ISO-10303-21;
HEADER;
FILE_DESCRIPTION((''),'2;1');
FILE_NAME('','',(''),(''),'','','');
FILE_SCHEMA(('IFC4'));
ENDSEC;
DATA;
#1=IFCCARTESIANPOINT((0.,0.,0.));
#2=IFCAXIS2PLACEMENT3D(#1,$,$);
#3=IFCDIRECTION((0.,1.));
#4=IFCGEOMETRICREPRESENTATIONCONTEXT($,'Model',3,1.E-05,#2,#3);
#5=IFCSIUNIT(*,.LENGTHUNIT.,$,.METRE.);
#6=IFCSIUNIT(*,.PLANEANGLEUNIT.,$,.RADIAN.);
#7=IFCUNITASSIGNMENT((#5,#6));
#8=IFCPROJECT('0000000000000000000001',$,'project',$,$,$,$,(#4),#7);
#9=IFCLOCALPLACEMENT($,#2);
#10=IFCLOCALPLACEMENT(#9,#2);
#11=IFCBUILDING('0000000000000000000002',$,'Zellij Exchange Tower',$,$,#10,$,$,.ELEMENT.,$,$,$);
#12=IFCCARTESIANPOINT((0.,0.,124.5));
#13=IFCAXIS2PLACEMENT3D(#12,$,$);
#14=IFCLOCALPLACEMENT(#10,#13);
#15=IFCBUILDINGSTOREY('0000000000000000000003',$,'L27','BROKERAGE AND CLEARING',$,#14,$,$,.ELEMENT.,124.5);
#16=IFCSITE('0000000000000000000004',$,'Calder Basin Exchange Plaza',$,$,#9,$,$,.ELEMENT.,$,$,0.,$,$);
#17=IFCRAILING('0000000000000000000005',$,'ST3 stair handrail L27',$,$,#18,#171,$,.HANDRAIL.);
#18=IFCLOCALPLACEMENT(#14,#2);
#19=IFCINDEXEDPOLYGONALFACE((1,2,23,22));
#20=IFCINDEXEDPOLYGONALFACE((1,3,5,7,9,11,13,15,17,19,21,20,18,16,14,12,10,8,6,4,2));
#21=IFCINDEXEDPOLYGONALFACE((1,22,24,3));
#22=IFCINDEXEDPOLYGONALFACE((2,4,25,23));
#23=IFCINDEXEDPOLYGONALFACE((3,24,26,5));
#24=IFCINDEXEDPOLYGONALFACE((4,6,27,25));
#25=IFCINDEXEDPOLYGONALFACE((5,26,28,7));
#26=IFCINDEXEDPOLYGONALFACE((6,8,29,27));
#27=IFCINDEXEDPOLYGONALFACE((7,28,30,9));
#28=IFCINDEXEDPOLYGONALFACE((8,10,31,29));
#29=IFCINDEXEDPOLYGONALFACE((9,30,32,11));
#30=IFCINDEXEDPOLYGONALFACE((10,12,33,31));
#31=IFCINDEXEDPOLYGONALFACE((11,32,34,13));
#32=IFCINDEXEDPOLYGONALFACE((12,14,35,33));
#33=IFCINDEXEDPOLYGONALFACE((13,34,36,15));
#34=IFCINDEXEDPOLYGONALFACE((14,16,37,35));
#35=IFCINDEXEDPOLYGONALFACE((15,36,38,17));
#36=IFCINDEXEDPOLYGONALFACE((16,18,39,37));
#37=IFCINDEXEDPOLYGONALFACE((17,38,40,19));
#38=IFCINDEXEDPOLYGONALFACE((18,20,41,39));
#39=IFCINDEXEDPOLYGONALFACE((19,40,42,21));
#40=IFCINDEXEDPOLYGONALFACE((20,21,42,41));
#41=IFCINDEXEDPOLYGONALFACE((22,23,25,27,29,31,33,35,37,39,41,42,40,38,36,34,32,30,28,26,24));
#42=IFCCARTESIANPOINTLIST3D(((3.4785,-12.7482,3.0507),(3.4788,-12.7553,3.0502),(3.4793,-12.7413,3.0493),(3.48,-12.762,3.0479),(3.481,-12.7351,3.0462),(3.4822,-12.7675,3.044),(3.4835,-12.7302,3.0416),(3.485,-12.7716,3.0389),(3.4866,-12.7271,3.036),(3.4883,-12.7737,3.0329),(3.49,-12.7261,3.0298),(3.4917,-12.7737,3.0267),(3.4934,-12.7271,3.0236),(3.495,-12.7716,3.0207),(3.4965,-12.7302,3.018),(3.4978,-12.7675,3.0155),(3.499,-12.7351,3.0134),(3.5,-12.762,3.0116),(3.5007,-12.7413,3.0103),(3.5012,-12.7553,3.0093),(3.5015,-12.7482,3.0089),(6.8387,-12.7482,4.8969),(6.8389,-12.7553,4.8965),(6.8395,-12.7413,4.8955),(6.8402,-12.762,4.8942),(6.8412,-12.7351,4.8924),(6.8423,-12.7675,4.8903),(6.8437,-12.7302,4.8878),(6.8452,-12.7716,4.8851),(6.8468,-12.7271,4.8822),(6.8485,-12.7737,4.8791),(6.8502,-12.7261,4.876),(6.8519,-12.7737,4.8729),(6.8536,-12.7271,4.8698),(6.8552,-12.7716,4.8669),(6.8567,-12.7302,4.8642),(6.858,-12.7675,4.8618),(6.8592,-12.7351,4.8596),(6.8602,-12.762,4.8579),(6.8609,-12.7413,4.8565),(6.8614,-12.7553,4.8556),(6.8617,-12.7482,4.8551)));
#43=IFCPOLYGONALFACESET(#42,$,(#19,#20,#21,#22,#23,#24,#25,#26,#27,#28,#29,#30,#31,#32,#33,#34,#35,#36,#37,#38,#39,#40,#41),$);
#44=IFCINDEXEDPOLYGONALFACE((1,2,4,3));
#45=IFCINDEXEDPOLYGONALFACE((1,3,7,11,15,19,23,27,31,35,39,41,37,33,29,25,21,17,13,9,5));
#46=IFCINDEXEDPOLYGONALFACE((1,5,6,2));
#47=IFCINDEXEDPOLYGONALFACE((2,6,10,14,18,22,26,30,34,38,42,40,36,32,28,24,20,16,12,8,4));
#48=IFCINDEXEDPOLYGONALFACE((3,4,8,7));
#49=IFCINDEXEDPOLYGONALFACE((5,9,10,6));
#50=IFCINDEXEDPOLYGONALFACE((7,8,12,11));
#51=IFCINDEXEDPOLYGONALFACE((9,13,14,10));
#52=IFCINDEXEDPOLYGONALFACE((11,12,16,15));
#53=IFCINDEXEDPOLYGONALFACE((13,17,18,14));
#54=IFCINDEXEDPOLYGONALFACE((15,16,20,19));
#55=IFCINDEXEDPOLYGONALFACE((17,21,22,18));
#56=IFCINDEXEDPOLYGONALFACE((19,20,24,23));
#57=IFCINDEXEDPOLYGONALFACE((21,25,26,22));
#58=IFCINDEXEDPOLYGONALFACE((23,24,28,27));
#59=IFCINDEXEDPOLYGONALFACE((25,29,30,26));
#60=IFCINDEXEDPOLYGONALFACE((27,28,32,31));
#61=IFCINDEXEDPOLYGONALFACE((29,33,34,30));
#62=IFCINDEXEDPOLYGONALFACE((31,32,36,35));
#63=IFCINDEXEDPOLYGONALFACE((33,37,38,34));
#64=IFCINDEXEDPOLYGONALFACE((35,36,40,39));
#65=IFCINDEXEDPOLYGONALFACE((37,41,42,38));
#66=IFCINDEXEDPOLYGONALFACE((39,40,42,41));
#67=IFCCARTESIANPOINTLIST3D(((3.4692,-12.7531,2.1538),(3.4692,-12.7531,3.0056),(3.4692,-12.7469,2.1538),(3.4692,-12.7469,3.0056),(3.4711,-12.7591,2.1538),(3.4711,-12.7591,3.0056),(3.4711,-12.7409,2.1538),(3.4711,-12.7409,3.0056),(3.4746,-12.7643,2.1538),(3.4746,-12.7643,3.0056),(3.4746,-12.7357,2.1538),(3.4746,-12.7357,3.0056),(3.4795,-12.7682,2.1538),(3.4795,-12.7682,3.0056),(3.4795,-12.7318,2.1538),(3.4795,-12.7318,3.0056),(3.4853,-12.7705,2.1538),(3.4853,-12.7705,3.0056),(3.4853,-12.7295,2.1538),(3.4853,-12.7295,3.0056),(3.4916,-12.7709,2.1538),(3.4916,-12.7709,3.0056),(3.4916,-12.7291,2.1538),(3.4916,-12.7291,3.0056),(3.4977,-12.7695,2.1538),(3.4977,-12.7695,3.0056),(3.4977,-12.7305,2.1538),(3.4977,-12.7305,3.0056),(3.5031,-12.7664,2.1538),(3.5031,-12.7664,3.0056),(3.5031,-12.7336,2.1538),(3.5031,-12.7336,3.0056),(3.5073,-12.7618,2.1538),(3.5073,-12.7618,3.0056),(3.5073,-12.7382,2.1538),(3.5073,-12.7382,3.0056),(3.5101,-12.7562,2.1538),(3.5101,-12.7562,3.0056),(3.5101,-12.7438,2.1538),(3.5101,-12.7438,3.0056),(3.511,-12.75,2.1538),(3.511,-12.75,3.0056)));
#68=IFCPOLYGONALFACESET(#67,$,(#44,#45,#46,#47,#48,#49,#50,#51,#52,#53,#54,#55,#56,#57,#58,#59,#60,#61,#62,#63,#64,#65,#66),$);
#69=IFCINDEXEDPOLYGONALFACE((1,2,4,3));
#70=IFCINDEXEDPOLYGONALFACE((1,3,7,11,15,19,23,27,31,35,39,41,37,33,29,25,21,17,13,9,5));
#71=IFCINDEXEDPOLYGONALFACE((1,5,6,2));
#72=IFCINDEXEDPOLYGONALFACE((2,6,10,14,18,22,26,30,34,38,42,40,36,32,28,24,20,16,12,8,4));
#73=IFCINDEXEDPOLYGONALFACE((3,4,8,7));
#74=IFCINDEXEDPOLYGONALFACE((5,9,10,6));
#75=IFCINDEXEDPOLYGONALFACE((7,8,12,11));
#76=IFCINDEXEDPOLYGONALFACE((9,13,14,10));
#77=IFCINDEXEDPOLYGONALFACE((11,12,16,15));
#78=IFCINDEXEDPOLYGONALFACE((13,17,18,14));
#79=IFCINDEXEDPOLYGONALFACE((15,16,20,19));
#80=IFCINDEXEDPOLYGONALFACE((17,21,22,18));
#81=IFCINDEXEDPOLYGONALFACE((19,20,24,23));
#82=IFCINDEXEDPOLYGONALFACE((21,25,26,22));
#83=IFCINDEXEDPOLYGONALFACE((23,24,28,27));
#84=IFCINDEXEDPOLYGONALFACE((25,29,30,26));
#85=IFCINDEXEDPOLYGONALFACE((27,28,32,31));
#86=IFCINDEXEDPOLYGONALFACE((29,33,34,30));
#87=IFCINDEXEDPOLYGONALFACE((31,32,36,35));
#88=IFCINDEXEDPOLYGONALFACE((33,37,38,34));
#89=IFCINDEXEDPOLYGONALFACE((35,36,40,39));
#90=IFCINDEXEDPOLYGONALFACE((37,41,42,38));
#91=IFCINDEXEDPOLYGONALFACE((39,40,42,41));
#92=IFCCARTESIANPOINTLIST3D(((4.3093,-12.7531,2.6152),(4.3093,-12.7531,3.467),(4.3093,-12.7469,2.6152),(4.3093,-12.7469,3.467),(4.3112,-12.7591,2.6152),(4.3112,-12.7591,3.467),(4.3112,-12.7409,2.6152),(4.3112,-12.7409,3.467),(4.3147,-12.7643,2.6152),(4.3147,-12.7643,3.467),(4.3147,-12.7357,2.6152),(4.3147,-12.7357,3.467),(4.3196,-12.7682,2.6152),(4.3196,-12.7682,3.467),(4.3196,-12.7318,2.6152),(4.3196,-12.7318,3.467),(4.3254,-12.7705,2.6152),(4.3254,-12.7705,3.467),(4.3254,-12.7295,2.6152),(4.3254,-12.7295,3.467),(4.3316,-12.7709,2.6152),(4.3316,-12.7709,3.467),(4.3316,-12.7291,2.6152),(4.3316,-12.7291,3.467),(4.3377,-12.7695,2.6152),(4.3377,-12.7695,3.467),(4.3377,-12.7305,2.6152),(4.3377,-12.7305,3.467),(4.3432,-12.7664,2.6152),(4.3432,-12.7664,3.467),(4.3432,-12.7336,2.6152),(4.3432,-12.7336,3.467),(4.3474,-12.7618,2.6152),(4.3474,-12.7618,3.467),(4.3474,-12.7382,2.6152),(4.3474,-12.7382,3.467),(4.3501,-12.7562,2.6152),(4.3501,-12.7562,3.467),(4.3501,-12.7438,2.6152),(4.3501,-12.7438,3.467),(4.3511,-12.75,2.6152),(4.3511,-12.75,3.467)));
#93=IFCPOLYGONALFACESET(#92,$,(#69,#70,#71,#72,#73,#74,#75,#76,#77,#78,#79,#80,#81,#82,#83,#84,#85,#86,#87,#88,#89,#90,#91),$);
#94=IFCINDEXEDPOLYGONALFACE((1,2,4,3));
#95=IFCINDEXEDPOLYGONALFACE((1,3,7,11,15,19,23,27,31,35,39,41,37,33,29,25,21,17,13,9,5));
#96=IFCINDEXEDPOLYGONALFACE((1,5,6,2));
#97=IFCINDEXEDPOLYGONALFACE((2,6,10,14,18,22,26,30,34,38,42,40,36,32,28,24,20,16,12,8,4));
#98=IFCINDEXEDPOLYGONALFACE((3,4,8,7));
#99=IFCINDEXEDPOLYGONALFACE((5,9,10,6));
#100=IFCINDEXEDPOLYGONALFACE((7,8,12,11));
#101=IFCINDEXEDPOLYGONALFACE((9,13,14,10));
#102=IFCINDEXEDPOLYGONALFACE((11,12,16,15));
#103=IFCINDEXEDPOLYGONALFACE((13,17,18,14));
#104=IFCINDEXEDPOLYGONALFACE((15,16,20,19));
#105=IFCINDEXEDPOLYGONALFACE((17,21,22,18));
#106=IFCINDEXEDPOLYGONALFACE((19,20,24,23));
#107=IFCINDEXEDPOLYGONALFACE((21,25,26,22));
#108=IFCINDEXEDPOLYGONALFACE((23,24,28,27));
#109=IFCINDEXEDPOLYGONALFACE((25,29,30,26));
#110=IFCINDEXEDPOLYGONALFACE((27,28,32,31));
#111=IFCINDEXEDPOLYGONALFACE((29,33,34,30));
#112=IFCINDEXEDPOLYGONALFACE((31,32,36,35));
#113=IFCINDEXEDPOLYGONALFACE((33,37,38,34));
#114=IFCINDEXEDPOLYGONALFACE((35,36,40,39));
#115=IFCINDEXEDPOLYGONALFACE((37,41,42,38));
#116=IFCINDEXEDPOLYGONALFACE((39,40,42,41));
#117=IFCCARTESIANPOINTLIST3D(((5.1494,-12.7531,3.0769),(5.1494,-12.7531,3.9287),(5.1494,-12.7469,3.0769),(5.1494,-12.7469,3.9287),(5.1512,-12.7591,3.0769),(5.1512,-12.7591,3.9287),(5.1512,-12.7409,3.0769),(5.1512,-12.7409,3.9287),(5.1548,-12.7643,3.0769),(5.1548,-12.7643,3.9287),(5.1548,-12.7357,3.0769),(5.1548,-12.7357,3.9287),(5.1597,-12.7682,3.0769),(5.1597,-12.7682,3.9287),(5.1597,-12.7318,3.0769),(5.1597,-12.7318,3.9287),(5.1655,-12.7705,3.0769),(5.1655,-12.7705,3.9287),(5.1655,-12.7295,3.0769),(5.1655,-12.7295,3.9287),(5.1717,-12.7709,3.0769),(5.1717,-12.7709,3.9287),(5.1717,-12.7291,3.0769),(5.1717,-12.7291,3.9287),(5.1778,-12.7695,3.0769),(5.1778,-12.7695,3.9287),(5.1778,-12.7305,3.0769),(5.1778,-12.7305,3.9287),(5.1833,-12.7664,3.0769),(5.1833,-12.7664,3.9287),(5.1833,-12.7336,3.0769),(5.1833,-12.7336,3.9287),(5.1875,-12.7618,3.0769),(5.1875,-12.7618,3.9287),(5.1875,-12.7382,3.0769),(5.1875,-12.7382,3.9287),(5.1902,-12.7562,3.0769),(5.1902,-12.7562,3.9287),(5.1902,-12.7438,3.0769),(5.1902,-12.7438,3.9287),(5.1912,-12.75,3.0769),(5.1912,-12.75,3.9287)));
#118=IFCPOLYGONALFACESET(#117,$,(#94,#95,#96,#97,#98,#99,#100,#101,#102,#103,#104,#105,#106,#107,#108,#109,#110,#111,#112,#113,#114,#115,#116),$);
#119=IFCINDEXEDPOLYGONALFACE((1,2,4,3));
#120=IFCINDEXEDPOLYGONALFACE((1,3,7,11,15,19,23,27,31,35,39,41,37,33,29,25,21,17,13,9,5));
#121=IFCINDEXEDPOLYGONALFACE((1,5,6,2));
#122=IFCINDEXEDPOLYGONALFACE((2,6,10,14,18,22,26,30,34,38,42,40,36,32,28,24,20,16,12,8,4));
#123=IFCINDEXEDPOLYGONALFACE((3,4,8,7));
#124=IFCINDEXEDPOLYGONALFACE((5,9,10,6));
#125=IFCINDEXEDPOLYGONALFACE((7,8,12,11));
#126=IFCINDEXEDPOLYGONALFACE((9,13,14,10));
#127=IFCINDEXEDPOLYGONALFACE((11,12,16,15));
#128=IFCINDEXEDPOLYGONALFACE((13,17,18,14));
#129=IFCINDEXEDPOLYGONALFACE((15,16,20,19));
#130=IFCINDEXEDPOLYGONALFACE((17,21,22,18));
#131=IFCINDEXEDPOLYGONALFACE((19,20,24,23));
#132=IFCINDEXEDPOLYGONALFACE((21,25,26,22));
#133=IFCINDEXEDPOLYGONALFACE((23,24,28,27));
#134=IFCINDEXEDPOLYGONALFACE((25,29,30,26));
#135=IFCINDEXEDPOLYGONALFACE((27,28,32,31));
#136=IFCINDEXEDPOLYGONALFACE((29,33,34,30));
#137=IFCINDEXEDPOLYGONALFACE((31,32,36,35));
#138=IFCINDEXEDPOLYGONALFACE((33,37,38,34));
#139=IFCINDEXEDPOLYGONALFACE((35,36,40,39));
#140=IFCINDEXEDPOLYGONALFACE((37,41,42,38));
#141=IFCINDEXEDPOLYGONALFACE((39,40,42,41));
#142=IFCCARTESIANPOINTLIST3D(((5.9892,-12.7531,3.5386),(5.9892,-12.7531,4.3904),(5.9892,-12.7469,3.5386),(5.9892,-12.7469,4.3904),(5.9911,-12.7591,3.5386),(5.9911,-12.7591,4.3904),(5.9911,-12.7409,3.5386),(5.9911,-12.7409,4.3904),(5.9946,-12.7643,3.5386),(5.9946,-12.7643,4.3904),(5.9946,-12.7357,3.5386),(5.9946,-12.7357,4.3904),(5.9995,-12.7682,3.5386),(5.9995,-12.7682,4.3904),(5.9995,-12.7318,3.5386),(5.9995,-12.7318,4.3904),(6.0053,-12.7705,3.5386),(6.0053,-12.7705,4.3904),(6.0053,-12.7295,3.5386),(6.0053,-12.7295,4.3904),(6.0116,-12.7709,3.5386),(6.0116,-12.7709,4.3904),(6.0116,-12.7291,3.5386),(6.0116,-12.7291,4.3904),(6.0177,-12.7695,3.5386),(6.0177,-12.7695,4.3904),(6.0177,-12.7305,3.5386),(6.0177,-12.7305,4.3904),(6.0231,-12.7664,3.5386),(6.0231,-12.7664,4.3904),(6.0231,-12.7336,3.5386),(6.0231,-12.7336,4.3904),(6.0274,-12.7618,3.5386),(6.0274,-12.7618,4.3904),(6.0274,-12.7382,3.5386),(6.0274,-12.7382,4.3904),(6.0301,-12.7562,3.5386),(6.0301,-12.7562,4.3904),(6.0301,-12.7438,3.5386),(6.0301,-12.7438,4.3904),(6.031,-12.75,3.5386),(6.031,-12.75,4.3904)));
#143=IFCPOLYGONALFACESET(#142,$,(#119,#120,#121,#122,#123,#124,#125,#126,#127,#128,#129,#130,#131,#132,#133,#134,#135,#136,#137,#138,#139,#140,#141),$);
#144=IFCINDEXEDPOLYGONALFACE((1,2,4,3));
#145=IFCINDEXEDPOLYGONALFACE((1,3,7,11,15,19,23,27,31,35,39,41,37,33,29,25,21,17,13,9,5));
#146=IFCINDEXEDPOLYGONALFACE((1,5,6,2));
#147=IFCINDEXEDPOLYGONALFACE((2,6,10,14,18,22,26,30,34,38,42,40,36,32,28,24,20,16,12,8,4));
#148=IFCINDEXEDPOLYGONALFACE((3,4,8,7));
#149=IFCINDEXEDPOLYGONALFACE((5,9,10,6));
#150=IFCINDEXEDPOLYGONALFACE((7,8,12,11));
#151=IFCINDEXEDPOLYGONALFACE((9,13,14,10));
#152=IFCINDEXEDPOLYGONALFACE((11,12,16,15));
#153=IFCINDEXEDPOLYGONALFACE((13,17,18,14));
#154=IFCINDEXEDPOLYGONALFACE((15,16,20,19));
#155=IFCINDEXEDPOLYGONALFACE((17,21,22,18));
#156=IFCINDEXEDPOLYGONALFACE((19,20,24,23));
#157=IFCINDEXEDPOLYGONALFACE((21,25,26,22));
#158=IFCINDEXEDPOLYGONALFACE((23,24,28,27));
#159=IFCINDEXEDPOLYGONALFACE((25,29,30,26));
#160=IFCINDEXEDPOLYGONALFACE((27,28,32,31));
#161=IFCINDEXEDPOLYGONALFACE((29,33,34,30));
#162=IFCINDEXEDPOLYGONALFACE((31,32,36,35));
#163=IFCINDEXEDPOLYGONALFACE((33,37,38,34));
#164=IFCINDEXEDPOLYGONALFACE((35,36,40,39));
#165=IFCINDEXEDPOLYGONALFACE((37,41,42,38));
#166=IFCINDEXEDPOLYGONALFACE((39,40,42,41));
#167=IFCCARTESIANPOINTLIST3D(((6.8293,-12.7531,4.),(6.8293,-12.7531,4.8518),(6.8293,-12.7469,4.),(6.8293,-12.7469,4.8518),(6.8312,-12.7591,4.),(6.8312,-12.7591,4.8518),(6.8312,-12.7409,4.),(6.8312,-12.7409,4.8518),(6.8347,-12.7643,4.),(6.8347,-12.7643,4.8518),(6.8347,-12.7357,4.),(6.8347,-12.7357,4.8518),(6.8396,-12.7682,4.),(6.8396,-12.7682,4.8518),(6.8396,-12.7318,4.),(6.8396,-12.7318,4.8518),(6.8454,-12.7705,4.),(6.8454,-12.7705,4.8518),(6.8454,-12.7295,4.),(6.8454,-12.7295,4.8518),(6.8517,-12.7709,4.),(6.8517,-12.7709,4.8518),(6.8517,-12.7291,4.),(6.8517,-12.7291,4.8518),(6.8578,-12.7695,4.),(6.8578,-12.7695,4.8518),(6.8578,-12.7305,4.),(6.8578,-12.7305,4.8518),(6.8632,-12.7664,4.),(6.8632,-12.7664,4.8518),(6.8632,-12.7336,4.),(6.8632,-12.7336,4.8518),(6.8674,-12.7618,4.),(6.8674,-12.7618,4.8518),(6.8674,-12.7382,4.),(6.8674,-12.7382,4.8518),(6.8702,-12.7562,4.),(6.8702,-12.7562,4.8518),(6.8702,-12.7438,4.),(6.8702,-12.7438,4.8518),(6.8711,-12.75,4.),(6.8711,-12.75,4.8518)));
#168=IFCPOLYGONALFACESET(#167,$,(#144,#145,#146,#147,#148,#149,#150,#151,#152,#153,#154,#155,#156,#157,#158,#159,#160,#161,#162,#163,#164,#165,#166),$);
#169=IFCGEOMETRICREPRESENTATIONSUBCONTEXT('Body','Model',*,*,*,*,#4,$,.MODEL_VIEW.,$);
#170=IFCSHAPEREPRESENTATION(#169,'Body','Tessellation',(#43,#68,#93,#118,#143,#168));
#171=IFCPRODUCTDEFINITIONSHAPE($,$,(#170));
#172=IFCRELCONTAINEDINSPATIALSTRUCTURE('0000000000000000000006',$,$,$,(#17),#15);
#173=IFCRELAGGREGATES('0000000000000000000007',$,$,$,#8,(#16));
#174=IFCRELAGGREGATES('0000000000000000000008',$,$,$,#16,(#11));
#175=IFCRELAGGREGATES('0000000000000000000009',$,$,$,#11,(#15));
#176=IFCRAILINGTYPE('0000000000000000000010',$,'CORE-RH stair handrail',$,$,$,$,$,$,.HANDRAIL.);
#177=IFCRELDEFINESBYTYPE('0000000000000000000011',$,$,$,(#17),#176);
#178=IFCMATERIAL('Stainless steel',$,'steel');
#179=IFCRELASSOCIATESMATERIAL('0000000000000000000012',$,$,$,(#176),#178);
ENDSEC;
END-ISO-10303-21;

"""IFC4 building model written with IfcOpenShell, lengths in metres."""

from ifc_helpers import new_model, si_unit, direction, frame, origin, origin_2d, place, context, subcontext, project, spatial, circle, extrude, material, type_object, element, save


model = new_model("IFC4")

# Units and contexts
model_context = context("Model", 3, precision=1e-05, world=origin(), true_north=direction((0.0, 1.0)))
body_context = subcontext(model_context, "Body", "Model", "MODEL_VIEW")
ifc_project = project(units=[si_unit("LENGTHUNIT", "METRE"), si_unit("PLANEANGLEUNIT", "RADIAN")], contexts=[model_context])

# Site, building, storey
site_placement = place(None, origin())
site = spatial("IfcSite", under=ifc_project, at=site_placement, Name="Calder Basin Exchange Plaza", CompositionType="ELEMENT", RefElevation=0.0)
building_placement = place(site_placement, origin())
building = spatial("IfcBuilding", under=site, at=building_placement, Name="Zellij Exchange Tower", CompositionType="ELEMENT")
storey_placement = place(building_placement, frame((0.0, 0.0, 124.5)))
storey = spatial("IfcBuildingStorey", under=building, at=storey_placement, Name="L27", Description="BROKERAGE AND CLEARING", CompositionType="ELEMENT", Elevation=124.5)

# Railing
ifc_material_1 = material(Name="Stainless steel", Category="steel")
railing_type_1 = type_object("IfcRailingType", Name="CORE-RH stair handrail", PredefinedType="HANDRAIL", material=ifc_material_1)
railing_1_placement = place(storey_placement, frame((3.49, -12.75, 2.1538)))
element("IfcRailing", 1, at=railing_1_placement, inside=storey, type_object=railing_type_1, Name="ST3 stair handrail L27", PredefinedType="HANDRAIL", context=body_context, shape_type="SweptSolid", body=[
    extrude(circle(Radius=0.0239, at=origin_2d()), frame((0.0, 0.0, 0.876), z_axis=(0.876422, 0.0, 0.481545), x_axis=(0.0, 1.0, 0.0)), (0.0, 0.0, 1.0), 3.834),
    extrude(circle(Radius=0.021, at=origin_2d()), origin(), (0.0, 0.0, 1.0), 0.8518),
    extrude(circle(Radius=0.021, at=origin_2d()), frame((0.8401, 0.0, 0.4614)), (0.0, 0.0, 1.0), 0.8518),
    extrude(circle(Radius=0.021, at=origin_2d()), frame((1.6802, 0.0, 0.9231)), (0.0, 0.0, 1.0), 0.8518),
    extrude(circle(Radius=0.021, at=origin_2d()), frame((2.52, 0.0, 1.3848)), (0.0, 0.0, 1.0), 0.8518),
    extrude(circle(Radius=0.021, at=origin_2d()), frame((3.3601, 0.0, 1.8462)), (0.0, 0.0, 1.0), 0.8518),
])

save(model, "model.ifc")
